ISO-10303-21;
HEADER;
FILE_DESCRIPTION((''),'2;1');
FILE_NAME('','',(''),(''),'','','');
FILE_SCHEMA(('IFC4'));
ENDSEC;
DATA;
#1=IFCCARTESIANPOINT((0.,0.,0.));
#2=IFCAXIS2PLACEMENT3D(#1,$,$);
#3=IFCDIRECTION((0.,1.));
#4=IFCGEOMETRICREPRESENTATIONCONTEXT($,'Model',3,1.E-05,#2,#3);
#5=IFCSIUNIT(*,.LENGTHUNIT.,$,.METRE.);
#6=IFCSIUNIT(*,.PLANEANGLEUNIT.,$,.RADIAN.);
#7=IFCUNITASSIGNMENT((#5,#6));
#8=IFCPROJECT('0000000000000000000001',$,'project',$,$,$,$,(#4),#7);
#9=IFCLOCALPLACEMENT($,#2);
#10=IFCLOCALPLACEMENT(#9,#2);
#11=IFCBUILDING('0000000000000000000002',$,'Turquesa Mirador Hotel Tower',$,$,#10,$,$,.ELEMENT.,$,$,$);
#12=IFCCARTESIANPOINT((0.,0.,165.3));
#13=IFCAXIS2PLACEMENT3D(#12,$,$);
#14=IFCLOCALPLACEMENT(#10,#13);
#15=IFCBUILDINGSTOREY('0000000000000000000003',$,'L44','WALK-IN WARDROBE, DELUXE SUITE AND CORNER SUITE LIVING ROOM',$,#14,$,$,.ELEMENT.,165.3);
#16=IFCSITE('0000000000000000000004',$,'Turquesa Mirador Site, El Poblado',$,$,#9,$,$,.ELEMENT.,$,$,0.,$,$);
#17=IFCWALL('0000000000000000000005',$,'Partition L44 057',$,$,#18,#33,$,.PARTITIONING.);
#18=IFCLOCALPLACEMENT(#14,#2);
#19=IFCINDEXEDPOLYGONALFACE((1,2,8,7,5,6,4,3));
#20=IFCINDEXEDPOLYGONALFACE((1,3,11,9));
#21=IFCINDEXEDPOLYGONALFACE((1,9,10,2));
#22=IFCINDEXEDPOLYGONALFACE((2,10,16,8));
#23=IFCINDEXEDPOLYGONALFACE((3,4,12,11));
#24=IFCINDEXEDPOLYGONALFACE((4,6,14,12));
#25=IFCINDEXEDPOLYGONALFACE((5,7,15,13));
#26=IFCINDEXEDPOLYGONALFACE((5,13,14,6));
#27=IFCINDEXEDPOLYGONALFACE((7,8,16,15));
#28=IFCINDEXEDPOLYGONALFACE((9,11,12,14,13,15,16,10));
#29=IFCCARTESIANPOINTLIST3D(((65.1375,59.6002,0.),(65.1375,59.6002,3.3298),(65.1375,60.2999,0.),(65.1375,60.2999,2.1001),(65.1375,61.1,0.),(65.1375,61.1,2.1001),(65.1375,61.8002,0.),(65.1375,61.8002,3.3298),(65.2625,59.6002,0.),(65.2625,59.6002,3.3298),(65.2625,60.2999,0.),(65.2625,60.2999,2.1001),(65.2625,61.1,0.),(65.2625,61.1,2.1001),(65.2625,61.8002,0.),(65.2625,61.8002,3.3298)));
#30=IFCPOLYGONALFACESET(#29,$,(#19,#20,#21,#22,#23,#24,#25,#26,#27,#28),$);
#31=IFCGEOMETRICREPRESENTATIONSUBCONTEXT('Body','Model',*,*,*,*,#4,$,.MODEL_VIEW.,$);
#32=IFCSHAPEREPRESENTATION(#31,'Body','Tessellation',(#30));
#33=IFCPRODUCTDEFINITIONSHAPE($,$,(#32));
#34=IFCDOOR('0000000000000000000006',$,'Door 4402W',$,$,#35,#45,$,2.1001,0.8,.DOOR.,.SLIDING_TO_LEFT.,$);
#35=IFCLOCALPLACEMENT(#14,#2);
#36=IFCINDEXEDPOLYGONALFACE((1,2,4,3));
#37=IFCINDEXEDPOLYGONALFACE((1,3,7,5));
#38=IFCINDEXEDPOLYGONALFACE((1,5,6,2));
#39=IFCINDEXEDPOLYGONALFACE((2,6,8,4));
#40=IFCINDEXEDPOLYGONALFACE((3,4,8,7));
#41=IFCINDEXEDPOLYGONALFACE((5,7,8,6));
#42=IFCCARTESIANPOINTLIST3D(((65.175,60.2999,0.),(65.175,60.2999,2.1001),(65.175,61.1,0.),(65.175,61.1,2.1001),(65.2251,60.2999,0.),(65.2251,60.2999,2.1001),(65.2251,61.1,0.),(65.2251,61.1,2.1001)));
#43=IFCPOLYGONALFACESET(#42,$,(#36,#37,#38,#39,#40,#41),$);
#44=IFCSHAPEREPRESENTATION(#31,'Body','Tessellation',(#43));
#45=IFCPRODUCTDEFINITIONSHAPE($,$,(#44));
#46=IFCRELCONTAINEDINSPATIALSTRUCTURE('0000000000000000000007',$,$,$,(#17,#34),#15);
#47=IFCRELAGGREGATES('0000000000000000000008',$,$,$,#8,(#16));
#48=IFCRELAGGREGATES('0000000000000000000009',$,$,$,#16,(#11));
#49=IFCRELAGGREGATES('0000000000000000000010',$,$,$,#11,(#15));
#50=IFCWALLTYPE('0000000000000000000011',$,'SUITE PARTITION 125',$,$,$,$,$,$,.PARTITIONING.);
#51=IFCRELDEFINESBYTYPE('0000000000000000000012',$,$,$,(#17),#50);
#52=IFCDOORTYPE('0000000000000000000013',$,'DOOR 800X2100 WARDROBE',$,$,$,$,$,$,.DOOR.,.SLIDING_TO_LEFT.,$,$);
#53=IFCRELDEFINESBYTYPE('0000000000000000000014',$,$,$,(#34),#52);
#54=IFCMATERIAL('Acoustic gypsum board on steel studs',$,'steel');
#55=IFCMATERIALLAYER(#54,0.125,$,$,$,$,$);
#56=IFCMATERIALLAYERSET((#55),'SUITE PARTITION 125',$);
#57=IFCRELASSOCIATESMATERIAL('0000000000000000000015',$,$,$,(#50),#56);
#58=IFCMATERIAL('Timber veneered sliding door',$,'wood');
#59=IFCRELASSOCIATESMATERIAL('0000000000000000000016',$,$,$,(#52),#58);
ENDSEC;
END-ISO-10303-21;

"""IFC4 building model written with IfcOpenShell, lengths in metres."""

from ifc_helpers import new_model, si_unit, direction, frame, frame_2d, origin, place, context, subcontext, project, spatial, rectangle, extrude, material, layer, layer_set, type_object, element, fill, save


model = new_model("IFC4")

# Units and contexts
model_context = context("Model", 3, precision=1e-05, world=origin(), true_north=direction((0.0, 1.0)))
body_context = subcontext(model_context, "Body", "Model", "MODEL_VIEW")
ifc_project = project(units=[si_unit("LENGTHUNIT", "METRE"), si_unit("PLANEANGLEUNIT", "RADIAN")], contexts=[model_context])

# Site, building, storey
site_placement = place(None, origin())
site = spatial("IfcSite", under=ifc_project, at=site_placement, Name="Turquesa Mirador Site, El Poblado", CompositionType="ELEMENT", RefElevation=0.0)
building_placement = place(site_placement, origin())
building = spatial("IfcBuilding", under=site, at=building_placement, Name="Turquesa Mirador Hotel Tower", CompositionType="ELEMENT")
storey_placement = place(building_placement, frame((0.0, 0.0, 165.3)))
storey = spatial("IfcBuildingStorey", under=building, at=storey_placement, Name="L44", Description="WALK-IN WARDROBE, DELUXE SUITE AND CORNER SUITE LIVING ROOM", CompositionType="ELEMENT", Elevation=165.3)

# Shared definitions
ifc_material_1 = material(Name="Acoustic gypsum board on steel studs", Category="steel")
ifc_layer_1 = layer(ifc_material_1, 0.125)
ifc_layer_set_1 = layer_set([ifc_layer_1], Name="SUITE PARTITION 125")
wall_type_1 = type_object("IfcWallType", Name="SUITE PARTITION 125", PredefinedType="PARTITIONING", material=ifc_layer_set_1)

# Wall, opening, door
wall_1_placement = place(storey_placement, frame((65.2, 59.6001, 0.0), z_axis=(0.0, 0.0, 1.0), x_axis=(0.0, 1.0, 0.0)))
wall_1 = element("IfcWall", 1, at=wall_1_placement, inside=storey, type_object=wall_type_1, Name="Partition L44 057", PredefinedType="PARTITIONING", context=body_context, shape_type="SweptSolid", body=[
    extrude(rectangle(XDim=2.2, YDim=0.125, at=frame_2d((1.1001, 0.0))), origin(), (0.0, 0.0, 1.0), 3.3298),
])
opening_1_placement = place(wall_1_placement, frame((0.7, 0.0, 0.0)))
opening_1 = element("IfcOpeningElement", 2, at=opening_1_placement, cuts=wall_1, PredefinedType="OPENING", context=body_context, shape_type="SweptSolid", body=[
    extrude(rectangle(XDim=0.8, YDim=2.1001, at=frame_2d((0.3999, 1.05))), frame((0.0, 0.0725, 0.0), z_axis=(0.0, -1.0, 0.0), x_axis=(1.0, 0.0, 0.0)), (0.0, 0.0, 1.0), 0.145),
])
ifc_material_2 = material(Name="Timber veneered sliding door", Category="wood")
door_type_1 = type_object("IfcDoorType", Name="DOOR 800X2100 WARDROBE", OperationType="SLIDING_TO_LEFT", PredefinedType="DOOR", material=ifc_material_2)
door_1_placement = place(opening_1_placement, origin())
door_1 = element("IfcDoor", 3, at=door_1_placement, inside=storey, type_object=door_type_1, Name="Door 4402W", OperationType="SLIDING_TO_LEFT", OverallHeight=2.1001, OverallWidth=0.8, PredefinedType="DOOR", context=body_context, shape_type="SweptSolid", body=[
    extrude(rectangle(XDim=0.8, YDim=2.1001, at=frame_2d((0.3999, 1.05))), frame((0.0, 0.0249, 0.0), z_axis=(0.0, -1.0, 0.0), x_axis=(1.0, 0.0, 0.0)), (0.0, 0.0, 1.0), 0.05),
])
fill(opening_1, door_1)

save(model, "model.ifc")
